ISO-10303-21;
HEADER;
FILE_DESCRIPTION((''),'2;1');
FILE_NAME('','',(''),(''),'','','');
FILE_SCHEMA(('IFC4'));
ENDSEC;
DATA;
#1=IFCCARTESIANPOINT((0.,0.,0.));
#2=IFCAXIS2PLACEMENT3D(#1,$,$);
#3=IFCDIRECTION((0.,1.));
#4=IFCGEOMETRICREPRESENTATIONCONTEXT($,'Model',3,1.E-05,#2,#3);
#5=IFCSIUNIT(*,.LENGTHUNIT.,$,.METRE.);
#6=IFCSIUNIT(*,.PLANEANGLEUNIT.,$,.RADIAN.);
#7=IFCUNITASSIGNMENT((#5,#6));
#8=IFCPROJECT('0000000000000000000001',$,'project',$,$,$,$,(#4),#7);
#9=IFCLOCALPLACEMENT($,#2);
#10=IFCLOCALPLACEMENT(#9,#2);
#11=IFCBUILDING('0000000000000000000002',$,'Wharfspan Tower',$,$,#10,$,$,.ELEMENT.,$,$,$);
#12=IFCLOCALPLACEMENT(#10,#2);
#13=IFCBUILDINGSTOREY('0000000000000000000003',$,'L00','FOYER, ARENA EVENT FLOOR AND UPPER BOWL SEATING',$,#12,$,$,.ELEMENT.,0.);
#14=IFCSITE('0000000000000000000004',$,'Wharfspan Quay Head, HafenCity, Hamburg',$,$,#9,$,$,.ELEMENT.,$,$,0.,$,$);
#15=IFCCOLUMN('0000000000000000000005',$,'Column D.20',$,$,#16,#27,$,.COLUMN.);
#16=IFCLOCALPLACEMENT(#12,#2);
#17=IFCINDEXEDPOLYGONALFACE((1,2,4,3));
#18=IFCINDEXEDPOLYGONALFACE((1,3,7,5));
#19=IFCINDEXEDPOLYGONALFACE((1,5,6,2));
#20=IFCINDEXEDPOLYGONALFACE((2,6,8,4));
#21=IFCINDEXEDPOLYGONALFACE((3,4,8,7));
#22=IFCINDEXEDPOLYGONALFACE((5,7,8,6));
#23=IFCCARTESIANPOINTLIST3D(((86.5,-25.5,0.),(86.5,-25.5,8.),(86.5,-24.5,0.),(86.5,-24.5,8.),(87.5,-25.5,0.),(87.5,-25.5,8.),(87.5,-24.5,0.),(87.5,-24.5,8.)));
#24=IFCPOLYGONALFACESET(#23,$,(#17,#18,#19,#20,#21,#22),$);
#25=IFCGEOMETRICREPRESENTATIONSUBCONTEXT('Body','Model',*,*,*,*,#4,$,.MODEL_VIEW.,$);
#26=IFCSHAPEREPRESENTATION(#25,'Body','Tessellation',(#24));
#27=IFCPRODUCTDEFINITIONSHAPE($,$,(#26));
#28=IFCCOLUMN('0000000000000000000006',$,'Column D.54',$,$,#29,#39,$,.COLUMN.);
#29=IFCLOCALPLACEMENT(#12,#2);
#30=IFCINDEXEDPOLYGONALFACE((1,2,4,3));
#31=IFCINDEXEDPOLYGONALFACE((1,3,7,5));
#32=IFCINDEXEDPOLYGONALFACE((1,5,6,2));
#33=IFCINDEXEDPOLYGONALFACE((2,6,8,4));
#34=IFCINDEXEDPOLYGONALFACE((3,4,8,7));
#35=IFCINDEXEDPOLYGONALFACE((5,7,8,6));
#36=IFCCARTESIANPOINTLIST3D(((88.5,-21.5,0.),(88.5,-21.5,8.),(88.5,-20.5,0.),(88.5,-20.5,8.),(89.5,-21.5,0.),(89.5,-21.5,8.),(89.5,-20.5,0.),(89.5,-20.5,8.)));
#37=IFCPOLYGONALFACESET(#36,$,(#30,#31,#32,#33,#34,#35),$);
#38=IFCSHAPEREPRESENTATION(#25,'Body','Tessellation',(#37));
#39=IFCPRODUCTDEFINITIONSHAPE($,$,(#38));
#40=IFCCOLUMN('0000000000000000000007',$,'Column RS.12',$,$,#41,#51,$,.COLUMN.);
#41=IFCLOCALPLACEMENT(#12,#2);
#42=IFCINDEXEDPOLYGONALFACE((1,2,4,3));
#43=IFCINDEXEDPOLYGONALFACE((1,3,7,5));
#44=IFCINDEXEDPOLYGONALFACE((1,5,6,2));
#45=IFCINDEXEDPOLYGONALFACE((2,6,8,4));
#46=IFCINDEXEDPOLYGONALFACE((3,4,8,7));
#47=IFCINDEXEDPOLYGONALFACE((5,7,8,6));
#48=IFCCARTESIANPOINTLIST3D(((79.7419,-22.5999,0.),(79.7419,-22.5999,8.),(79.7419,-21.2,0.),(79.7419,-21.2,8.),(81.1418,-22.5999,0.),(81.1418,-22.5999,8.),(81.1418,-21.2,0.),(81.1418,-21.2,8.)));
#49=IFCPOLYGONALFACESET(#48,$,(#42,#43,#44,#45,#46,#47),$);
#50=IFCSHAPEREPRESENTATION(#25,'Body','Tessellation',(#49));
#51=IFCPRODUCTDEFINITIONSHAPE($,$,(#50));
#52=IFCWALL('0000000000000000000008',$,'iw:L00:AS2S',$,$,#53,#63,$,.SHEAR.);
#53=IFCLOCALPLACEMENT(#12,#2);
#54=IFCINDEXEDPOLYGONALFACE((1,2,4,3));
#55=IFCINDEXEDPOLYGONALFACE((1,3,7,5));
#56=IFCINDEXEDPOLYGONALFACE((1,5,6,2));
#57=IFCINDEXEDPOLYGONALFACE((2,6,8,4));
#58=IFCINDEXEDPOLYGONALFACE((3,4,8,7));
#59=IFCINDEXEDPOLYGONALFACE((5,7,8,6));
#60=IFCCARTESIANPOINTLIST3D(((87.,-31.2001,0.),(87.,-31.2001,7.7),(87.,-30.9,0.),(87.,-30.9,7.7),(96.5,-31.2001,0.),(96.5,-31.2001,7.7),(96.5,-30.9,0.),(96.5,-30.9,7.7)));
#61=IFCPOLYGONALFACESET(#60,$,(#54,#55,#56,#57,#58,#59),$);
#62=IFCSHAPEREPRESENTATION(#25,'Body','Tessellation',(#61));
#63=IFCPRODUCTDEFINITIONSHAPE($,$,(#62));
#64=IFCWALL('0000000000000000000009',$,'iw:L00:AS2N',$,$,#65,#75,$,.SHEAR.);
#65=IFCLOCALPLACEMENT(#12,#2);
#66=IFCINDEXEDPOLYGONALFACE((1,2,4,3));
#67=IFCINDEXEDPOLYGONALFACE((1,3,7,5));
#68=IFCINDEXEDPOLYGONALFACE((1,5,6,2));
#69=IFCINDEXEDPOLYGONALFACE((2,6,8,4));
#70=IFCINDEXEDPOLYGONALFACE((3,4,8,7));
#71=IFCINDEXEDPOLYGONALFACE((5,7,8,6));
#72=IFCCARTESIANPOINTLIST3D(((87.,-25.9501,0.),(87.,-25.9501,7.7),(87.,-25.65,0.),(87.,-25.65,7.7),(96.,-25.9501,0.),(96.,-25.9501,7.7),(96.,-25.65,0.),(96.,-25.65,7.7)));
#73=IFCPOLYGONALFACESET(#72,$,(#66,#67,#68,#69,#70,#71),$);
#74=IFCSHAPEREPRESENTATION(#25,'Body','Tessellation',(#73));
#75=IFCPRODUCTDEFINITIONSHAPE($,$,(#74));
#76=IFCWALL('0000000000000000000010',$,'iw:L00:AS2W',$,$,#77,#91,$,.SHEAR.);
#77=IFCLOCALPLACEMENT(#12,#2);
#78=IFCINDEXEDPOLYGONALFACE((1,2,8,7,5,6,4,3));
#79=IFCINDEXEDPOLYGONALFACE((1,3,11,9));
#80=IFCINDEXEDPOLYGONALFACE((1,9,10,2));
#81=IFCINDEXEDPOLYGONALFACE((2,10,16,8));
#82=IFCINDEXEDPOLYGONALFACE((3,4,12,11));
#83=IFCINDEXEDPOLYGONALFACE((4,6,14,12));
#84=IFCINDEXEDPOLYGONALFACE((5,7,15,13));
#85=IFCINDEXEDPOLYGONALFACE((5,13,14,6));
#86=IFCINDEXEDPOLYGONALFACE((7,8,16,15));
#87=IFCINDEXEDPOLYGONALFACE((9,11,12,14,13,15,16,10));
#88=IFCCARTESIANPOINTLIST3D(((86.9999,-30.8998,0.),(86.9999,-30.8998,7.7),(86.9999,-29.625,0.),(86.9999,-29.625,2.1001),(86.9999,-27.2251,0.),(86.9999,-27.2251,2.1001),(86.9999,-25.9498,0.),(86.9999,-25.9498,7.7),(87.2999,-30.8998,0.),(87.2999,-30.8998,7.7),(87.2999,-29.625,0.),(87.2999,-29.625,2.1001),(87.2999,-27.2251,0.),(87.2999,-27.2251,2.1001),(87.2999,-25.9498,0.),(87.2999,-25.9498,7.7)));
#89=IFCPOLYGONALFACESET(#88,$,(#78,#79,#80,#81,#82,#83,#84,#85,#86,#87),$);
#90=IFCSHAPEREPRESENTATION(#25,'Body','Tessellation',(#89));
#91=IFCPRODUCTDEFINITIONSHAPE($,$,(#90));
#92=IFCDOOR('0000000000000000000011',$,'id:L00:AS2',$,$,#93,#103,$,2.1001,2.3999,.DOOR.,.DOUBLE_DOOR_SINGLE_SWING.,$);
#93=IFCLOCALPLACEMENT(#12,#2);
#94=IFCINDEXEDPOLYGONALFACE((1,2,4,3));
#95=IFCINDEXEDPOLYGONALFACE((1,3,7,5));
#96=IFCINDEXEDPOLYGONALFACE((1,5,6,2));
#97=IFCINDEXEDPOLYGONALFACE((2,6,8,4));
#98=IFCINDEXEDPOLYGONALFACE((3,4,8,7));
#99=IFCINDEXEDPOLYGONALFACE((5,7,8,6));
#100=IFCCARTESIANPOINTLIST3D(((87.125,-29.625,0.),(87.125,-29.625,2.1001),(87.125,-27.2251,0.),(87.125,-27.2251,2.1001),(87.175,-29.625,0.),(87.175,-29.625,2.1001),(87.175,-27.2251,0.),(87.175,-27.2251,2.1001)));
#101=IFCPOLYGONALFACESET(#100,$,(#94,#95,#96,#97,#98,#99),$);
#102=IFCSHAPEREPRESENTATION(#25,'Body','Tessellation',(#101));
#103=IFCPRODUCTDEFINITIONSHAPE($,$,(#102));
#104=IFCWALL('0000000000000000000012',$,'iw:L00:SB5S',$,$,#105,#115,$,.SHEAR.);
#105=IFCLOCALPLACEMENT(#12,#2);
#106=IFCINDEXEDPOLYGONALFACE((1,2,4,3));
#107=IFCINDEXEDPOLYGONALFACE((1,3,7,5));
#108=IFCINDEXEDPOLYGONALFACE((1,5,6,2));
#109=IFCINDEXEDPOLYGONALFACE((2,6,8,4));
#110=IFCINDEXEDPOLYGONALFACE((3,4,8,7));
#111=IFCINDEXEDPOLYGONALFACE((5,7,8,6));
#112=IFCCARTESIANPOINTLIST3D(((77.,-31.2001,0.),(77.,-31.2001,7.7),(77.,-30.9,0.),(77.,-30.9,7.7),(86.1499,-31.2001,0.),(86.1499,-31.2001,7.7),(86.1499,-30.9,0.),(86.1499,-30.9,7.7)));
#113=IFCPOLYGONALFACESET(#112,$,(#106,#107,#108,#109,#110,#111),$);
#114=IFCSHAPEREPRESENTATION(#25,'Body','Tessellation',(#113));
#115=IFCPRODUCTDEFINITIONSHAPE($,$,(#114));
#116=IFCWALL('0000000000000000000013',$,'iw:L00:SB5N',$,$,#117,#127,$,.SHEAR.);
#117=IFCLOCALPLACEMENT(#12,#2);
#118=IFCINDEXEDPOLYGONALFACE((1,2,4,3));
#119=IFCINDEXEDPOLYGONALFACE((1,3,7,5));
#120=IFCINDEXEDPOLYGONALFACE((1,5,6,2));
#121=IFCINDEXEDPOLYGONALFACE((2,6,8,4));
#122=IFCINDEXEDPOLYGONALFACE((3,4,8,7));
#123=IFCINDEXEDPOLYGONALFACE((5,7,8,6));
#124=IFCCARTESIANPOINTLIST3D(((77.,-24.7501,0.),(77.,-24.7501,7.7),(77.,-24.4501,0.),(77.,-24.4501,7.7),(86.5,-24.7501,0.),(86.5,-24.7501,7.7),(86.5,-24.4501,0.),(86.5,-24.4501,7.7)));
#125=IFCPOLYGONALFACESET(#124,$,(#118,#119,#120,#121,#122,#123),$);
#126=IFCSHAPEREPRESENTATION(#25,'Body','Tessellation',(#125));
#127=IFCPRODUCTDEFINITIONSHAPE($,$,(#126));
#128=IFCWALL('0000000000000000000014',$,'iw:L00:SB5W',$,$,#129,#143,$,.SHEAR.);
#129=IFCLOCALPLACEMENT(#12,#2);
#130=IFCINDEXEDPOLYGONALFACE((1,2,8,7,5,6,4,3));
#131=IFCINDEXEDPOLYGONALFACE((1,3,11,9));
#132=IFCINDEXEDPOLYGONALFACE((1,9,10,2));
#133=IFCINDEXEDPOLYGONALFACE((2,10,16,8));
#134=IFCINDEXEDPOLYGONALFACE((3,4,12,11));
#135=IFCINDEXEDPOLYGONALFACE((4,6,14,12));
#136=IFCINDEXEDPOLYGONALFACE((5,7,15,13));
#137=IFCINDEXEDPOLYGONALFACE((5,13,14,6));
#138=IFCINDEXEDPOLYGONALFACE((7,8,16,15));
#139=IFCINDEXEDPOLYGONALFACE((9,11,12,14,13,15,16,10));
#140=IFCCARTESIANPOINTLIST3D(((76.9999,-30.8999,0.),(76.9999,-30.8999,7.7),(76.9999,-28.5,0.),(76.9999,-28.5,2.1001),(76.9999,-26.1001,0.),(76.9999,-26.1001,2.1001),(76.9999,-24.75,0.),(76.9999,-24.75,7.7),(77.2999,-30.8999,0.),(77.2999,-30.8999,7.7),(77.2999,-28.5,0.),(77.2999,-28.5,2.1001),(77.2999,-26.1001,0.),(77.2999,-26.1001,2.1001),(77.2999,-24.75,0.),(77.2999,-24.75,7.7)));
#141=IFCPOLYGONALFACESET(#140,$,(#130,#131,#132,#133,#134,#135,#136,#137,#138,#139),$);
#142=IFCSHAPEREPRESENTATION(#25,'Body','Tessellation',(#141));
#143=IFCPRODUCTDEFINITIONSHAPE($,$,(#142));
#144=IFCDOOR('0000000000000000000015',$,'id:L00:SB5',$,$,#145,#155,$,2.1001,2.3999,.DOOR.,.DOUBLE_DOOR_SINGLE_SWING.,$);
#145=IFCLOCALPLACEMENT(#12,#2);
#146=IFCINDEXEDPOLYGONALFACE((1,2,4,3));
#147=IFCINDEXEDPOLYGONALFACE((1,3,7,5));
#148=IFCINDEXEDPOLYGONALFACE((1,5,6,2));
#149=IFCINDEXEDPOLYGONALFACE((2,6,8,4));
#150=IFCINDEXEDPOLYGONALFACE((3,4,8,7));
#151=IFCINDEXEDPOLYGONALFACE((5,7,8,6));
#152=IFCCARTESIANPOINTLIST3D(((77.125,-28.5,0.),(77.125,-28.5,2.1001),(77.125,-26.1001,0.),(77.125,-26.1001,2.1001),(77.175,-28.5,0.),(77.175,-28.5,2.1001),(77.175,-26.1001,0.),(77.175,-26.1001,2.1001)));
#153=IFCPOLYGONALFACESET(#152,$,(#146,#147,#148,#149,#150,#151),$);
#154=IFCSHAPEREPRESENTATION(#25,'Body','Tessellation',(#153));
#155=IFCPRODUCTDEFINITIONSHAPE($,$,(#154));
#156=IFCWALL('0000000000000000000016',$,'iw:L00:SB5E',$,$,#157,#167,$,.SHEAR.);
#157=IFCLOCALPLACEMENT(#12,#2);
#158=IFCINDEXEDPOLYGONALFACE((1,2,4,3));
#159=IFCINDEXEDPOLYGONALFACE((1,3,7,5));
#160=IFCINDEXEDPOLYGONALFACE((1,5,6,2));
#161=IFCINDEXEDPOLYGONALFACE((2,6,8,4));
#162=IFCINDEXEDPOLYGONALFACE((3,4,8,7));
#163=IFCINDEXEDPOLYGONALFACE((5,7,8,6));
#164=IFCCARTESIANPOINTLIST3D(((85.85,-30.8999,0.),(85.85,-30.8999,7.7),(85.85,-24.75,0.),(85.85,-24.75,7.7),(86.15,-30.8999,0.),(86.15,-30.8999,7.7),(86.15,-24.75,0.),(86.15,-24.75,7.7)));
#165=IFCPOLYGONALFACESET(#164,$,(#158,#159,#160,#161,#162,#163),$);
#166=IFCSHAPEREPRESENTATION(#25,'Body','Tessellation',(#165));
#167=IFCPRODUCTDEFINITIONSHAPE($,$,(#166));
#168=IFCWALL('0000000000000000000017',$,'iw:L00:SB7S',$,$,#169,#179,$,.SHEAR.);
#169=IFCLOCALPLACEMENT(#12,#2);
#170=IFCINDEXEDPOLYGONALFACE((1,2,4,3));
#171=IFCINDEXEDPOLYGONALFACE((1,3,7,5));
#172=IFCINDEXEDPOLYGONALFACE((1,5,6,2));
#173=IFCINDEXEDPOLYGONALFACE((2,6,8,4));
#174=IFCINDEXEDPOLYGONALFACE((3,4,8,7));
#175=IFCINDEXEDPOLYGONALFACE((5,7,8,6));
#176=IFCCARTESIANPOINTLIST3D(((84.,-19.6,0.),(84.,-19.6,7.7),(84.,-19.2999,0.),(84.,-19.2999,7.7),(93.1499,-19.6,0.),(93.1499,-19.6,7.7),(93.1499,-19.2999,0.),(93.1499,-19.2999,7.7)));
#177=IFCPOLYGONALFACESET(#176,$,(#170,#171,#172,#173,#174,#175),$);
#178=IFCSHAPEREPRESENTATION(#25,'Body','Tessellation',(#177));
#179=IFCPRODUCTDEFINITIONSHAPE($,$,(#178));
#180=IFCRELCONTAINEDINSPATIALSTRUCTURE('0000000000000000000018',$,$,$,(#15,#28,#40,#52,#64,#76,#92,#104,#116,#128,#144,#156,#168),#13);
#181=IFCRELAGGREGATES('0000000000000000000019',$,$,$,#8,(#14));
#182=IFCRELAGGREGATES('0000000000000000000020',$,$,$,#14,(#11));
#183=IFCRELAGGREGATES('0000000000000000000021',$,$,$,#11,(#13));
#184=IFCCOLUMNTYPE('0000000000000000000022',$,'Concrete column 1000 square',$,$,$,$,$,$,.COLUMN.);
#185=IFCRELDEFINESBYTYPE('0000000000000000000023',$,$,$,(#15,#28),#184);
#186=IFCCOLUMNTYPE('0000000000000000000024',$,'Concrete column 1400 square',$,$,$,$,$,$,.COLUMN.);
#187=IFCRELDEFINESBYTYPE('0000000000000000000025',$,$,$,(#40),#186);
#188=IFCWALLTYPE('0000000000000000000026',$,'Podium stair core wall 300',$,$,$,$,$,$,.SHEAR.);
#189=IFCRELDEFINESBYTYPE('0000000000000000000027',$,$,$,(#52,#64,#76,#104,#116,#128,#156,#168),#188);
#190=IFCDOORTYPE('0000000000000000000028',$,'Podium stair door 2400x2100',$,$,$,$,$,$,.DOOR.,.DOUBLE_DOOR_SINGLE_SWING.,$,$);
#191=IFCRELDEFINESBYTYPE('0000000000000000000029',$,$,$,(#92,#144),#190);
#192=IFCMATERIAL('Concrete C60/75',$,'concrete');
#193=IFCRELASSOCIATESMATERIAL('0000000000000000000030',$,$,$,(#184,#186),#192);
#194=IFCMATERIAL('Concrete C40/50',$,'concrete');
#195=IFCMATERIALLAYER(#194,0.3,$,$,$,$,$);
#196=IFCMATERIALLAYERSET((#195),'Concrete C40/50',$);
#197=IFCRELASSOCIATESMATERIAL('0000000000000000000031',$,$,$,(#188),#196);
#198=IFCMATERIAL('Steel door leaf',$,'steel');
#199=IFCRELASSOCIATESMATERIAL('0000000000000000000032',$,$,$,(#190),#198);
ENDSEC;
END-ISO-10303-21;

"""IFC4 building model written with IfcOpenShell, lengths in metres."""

from ifc_helpers import new_model, si_unit, direction, frame, frame_2d, origin, origin_2d, place, context, subcontext, project, spatial, rectangle, extrude, material, layer, layer_set, material_profile, profile_set, type_object, element, fill, save


model = new_model("IFC4")

# Units and contexts
model_context = context("Model", 3, precision=1e-05, world=origin(), true_north=direction((0.0, 1.0)))
body_context = subcontext(model_context, "Body", "Model", "MODEL_VIEW")
ifc_project = project(units=[si_unit("LENGTHUNIT", "METRE"), si_unit("PLANEANGLEUNIT", "RADIAN")], contexts=[model_context])

# Site, building, storey
site_placement = place(None, origin())
site = spatial("IfcSite", under=ifc_project, at=site_placement, Name="Wharfspan Quay Head, HafenCity, Hamburg", CompositionType="ELEMENT", RefElevation=0.0)
building_placement = place(site_placement, origin())
building = spatial("IfcBuilding", under=site, at=building_placement, Name="Wharfspan Tower", CompositionType="ELEMENT")
storey_placement = place(building_placement, origin())
storey = spatial("IfcBuildingStorey", under=building, at=storey_placement, Name="L00", Description="FOYER, ARENA EVENT FLOOR AND UPPER BOWL SEATING", CompositionType="ELEMENT", Elevation=0.0)

# Columns
ifc_material_1 = material(Name="Concrete C60/75", Category="concrete")
ifc_material_profile_1 = material_profile(ifc_material_1, rectangle(XDim=1.0, YDim=1.0, at=origin_2d()))
ifc_profile_set_1 = profile_set([ifc_material_profile_1], Name="Concrete C60/75")
column_type_1 = type_object("IfcColumnType", Name="Concrete column 1000 square", PredefinedType="COLUMN", material=ifc_profile_set_1)
for number, where, z_axis, x_axis, name in (
    (1, (87.0, -25.0, 0.0), (0.0, 0.0, 1.0), (1.0, 0.0, 0.0), "Column D.20"),
    (2, (89.0, -21.0, 0.0), (0.0, 0.0, 1.0), (1.0, 0.0, 0.0), "Column D.54"),
):
    element("IfcColumn", number, at=place(storey_placement, frame(where, z_axis=z_axis, x_axis=x_axis)), inside=storey, type_object=column_type_1, Name=name, PredefinedType="COLUMN", context=body_context, shape_type="SweptSolid", body=[
        extrude(rectangle(XDim=1.0, YDim=1.0, at=origin_2d()), origin(), (0.0, 0.0, 1.0), 8.0),
    ])
ifc_material_profile_2 = material_profile(ifc_material_1, rectangle(XDim=1.3999, YDim=1.3999, at=origin_2d()))
ifc_profile_set_2 = profile_set([ifc_material_profile_2], Name="Concrete C60/75")
column_type_2 = type_object("IfcColumnType", Name="Concrete column 1400 square", PredefinedType="COLUMN", material=ifc_profile_set_2)
column_placement = place(storey_placement, frame((80.4419, -21.8999, 0.0), z_axis=(0.0, 0.0, 1.0), x_axis=(1.0, 0.0, 0.0)))
element("IfcColumn", 3, at=column_placement, inside=storey, type_object=column_type_2, Name="Column RS.12", PredefinedType="COLUMN", context=body_context, shape_type="SweptSolid", body=[
    extrude(rectangle(XDim=1.3999, YDim=1.3999, at=origin_2d()), origin(), (0.0, 0.0, 1.0), 8.0),
])

# Walls
ifc_material_2 = material(Name="Concrete C40/50", Category="concrete")
ifc_layer_1 = layer(ifc_material_2, 0.3)
ifc_layer_set_1 = layer_set([ifc_layer_1], Name="Concrete C40/50")
wall_type_1 = type_object("IfcWallType", Name="Podium stair core wall 300", PredefinedType="SHEAR", material=ifc_layer_set_1)
wall_1_placement = place(storey_placement, frame((87.0, -31.05, 0.0), z_axis=(0.0, 0.0, 1.0), x_axis=(1.0, 0.0, 0.0)))
element("IfcWall", 4, at=wall_1_placement, inside=storey, type_object=wall_type_1, Name="iw:L00:AS2S", PredefinedType="SHEAR", context=body_context, shape_type="SweptSolid", body=[
    extrude(rectangle(XDim=9.5, YDim=0.3, at=frame_2d((4.75, 0.0))), origin(), (0.0, 0.0, 1.0), 7.7),
])
wall_2_placement = place(storey_placement, frame((87.0, -25.8, 0.0), z_axis=(0.0, 0.0, 1.0), x_axis=(1.0, 0.0, 0.0)))
element("IfcWall", 5, at=wall_2_placement, inside=storey, type_object=wall_type_1, Name="iw:L00:AS2N", PredefinedType="SHEAR", context=body_context, shape_type="SweptSolid", body=[
    extrude(rectangle(XDim=9.0, YDim=0.3, at=frame_2d((4.5, 0.0))), origin(), (0.0, 0.0, 1.0), 7.7),
])

# Wall, opening, door
wall_3_placement = place(storey_placement, frame((87.1499, -30.8999, 0.0), z_axis=(0.0, 0.0, 1.0), x_axis=(0.0, 1.0, 0.0)))
wall_3 = element("IfcWall", 6, at=wall_3_placement, inside=storey, type_object=wall_type_1, Name="iw:L00:AS2W", PredefinedType="SHEAR", context=body_context, shape_type="SweptSolid", body=[
    extrude(rectangle(XDim=4.95, YDim=0.3, at=frame_2d((2.4751, 0.0))), origin(), (0.0, 0.0, 1.0), 7.7),
])
opening_1_placement = place(wall_3_placement, frame((1.2749, 0.0, 0.0)))
opening_1 = element("IfcOpeningElement", 7, at=opening_1_placement, cuts=wall_3, PredefinedType="OPENING", context=body_context, shape_type="SweptSolid", body=[
    extrude(rectangle(XDim=2.3999, YDim=2.1001, at=frame_2d((1.2, 1.05))), frame((0.0, 0.1599, 0.0), z_axis=(0.0, -1.0, 0.0), x_axis=(1.0, 0.0, 0.0)), (0.0, 0.0, 1.0), 0.3201),
])
ifc_material_3 = material(Name="Steel door leaf", Category="steel")
door_type = type_object("IfcDoorType", Name="Podium stair door 2400x2100", OperationType="DOUBLE_DOOR_SINGLE_SWING", PredefinedType="DOOR", material=ifc_material_3)
door_1_placement = place(opening_1_placement, origin())
door_1 = element("IfcDoor", 8, at=door_1_placement, inside=storey, type_object=door_type, Name="id:L00:AS2", OperationType="DOUBLE_DOOR_SINGLE_SWING", OverallHeight=2.1001, OverallWidth=2.3999, PredefinedType="DOOR", context=body_context, shape_type="SweptSolid", body=[
    extrude(rectangle(XDim=2.3999, YDim=2.1001, at=frame_2d((1.2, 1.05))), frame((0.0, 0.0249, 0.0), z_axis=(0.0, -1.0, 0.0), x_axis=(1.0, 0.0, 0.0)), (0.0, 0.0, 1.0), 0.05),
])
fill(opening_1, door_1)

# Walls
wall_4_placement = place(storey_placement, frame((77.0, -31.05, 0.0), z_axis=(0.0, 0.0, 1.0), x_axis=(1.0, 0.0, 0.0)))
element("IfcWall", 9, at=wall_4_placement, inside=storey, type_object=wall_type_1, Name="iw:L00:SB5S", PredefinedType="SHEAR", context=body_context, shape_type="SweptSolid", body=[
    extrude(rectangle(XDim=9.1499, YDim=0.3, at=frame_2d((4.575, 0.0))), origin(), (0.0, 0.0, 1.0), 7.7),
])
wall_5_placement = place(storey_placement, frame((77.0, -24.6001, 0.0), z_axis=(0.0, 0.0, 1.0), x_axis=(1.0, 0.0, 0.0)))
element("IfcWall", 10, at=wall_5_placement, inside=storey, type_object=wall_type_1, Name="iw:L00:SB5N", PredefinedType="SHEAR", context=body_context, shape_type="SweptSolid", body=[
    extrude(rectangle(XDim=9.5, YDim=0.3, at=frame_2d((4.75, 0.0))), origin(), (0.0, 0.0, 1.0), 7.7),
])

# Wall, opening, door
wall_6_placement = place(storey_placement, frame((77.1499, -30.8999, 0.0), z_axis=(0.0, 0.0, 1.0), x_axis=(0.0, 1.0, 0.0)))
wall_6 = element("IfcWall", 11, at=wall_6_placement, inside=storey, type_object=wall_type_1, Name="iw:L00:SB5W", PredefinedType="SHEAR", context=body_context, shape_type="SweptSolid", body=[
    extrude(rectangle(XDim=6.1499, YDim=0.3, at=frame_2d((3.075, 0.0))), origin(), (0.0, 0.0, 1.0), 7.7),
])
opening_2_placement = place(wall_6_placement, frame((2.3999, 0.0, 0.0)))
opening_2 = element("IfcOpeningElement", 12, at=opening_2_placement, cuts=wall_6, PredefinedType="OPENING", context=body_context, shape_type="SweptSolid", body=[
    extrude(rectangle(XDim=2.3999, YDim=2.1001, at=frame_2d((1.2, 1.05))), frame((0.0, 0.1599, 0.0), z_axis=(0.0, -1.0, 0.0), x_axis=(1.0, 0.0, 0.0)), (0.0, 0.0, 1.0), 0.3201),
])
door_2_placement = place(opening_2_placement, origin())
door_2 = element("IfcDoor", 13, at=door_2_placement, inside=storey, type_object=door_type, Name="id:L00:SB5", OperationType="DOUBLE_DOOR_SINGLE_SWING", OverallHeight=2.1001, OverallWidth=2.3999, PredefinedType="DOOR", context=body_context, shape_type="SweptSolid", body=[
    extrude(rectangle(XDim=2.3999, YDim=2.1001, at=frame_2d((1.2, 1.05))), frame((0.0, 0.0249, 0.0), z_axis=(0.0, -1.0, 0.0), x_axis=(1.0, 0.0, 0.0)), (0.0, 0.0, 1.0), 0.05),
])
fill(opening_2, door_2)

# Walls
wall_7_placement = place(storey_placement, frame((86.0, -30.8999, 0.0), z_axis=(0.0, 0.0, 1.0), x_axis=(0.0, 1.0, 0.0)))
element("IfcWall", 14, at=wall_7_placement, inside=storey, type_object=wall_type_1, Name="iw:L00:SB5E", PredefinedType="SHEAR", context=body_context, shape_type="SweptSolid", body=[
    extrude(rectangle(XDim=6.1499, YDim=0.3, at=frame_2d((3.075, 0.0))), origin(), (0.0, 0.0, 1.0), 7.7),
])
wall_8_placement = place(storey_placement, frame((84.0, -19.45, 0.0), z_axis=(0.0, 0.0, 1.0), x_axis=(1.0, 0.0, 0.0)))
element("IfcWall", 15, at=wall_8_placement, inside=storey, type_object=wall_type_1, Name="iw:L00:SB7S", PredefinedType="SHEAR", context=body_context, shape_type="SweptSolid", body=[
    extrude(rectangle(XDim=9.1499, YDim=0.3, at=frame_2d((4.575, 0.0))), origin(), (0.0, 0.0, 1.0), 7.7),
])

save(model, "model.ifc")
